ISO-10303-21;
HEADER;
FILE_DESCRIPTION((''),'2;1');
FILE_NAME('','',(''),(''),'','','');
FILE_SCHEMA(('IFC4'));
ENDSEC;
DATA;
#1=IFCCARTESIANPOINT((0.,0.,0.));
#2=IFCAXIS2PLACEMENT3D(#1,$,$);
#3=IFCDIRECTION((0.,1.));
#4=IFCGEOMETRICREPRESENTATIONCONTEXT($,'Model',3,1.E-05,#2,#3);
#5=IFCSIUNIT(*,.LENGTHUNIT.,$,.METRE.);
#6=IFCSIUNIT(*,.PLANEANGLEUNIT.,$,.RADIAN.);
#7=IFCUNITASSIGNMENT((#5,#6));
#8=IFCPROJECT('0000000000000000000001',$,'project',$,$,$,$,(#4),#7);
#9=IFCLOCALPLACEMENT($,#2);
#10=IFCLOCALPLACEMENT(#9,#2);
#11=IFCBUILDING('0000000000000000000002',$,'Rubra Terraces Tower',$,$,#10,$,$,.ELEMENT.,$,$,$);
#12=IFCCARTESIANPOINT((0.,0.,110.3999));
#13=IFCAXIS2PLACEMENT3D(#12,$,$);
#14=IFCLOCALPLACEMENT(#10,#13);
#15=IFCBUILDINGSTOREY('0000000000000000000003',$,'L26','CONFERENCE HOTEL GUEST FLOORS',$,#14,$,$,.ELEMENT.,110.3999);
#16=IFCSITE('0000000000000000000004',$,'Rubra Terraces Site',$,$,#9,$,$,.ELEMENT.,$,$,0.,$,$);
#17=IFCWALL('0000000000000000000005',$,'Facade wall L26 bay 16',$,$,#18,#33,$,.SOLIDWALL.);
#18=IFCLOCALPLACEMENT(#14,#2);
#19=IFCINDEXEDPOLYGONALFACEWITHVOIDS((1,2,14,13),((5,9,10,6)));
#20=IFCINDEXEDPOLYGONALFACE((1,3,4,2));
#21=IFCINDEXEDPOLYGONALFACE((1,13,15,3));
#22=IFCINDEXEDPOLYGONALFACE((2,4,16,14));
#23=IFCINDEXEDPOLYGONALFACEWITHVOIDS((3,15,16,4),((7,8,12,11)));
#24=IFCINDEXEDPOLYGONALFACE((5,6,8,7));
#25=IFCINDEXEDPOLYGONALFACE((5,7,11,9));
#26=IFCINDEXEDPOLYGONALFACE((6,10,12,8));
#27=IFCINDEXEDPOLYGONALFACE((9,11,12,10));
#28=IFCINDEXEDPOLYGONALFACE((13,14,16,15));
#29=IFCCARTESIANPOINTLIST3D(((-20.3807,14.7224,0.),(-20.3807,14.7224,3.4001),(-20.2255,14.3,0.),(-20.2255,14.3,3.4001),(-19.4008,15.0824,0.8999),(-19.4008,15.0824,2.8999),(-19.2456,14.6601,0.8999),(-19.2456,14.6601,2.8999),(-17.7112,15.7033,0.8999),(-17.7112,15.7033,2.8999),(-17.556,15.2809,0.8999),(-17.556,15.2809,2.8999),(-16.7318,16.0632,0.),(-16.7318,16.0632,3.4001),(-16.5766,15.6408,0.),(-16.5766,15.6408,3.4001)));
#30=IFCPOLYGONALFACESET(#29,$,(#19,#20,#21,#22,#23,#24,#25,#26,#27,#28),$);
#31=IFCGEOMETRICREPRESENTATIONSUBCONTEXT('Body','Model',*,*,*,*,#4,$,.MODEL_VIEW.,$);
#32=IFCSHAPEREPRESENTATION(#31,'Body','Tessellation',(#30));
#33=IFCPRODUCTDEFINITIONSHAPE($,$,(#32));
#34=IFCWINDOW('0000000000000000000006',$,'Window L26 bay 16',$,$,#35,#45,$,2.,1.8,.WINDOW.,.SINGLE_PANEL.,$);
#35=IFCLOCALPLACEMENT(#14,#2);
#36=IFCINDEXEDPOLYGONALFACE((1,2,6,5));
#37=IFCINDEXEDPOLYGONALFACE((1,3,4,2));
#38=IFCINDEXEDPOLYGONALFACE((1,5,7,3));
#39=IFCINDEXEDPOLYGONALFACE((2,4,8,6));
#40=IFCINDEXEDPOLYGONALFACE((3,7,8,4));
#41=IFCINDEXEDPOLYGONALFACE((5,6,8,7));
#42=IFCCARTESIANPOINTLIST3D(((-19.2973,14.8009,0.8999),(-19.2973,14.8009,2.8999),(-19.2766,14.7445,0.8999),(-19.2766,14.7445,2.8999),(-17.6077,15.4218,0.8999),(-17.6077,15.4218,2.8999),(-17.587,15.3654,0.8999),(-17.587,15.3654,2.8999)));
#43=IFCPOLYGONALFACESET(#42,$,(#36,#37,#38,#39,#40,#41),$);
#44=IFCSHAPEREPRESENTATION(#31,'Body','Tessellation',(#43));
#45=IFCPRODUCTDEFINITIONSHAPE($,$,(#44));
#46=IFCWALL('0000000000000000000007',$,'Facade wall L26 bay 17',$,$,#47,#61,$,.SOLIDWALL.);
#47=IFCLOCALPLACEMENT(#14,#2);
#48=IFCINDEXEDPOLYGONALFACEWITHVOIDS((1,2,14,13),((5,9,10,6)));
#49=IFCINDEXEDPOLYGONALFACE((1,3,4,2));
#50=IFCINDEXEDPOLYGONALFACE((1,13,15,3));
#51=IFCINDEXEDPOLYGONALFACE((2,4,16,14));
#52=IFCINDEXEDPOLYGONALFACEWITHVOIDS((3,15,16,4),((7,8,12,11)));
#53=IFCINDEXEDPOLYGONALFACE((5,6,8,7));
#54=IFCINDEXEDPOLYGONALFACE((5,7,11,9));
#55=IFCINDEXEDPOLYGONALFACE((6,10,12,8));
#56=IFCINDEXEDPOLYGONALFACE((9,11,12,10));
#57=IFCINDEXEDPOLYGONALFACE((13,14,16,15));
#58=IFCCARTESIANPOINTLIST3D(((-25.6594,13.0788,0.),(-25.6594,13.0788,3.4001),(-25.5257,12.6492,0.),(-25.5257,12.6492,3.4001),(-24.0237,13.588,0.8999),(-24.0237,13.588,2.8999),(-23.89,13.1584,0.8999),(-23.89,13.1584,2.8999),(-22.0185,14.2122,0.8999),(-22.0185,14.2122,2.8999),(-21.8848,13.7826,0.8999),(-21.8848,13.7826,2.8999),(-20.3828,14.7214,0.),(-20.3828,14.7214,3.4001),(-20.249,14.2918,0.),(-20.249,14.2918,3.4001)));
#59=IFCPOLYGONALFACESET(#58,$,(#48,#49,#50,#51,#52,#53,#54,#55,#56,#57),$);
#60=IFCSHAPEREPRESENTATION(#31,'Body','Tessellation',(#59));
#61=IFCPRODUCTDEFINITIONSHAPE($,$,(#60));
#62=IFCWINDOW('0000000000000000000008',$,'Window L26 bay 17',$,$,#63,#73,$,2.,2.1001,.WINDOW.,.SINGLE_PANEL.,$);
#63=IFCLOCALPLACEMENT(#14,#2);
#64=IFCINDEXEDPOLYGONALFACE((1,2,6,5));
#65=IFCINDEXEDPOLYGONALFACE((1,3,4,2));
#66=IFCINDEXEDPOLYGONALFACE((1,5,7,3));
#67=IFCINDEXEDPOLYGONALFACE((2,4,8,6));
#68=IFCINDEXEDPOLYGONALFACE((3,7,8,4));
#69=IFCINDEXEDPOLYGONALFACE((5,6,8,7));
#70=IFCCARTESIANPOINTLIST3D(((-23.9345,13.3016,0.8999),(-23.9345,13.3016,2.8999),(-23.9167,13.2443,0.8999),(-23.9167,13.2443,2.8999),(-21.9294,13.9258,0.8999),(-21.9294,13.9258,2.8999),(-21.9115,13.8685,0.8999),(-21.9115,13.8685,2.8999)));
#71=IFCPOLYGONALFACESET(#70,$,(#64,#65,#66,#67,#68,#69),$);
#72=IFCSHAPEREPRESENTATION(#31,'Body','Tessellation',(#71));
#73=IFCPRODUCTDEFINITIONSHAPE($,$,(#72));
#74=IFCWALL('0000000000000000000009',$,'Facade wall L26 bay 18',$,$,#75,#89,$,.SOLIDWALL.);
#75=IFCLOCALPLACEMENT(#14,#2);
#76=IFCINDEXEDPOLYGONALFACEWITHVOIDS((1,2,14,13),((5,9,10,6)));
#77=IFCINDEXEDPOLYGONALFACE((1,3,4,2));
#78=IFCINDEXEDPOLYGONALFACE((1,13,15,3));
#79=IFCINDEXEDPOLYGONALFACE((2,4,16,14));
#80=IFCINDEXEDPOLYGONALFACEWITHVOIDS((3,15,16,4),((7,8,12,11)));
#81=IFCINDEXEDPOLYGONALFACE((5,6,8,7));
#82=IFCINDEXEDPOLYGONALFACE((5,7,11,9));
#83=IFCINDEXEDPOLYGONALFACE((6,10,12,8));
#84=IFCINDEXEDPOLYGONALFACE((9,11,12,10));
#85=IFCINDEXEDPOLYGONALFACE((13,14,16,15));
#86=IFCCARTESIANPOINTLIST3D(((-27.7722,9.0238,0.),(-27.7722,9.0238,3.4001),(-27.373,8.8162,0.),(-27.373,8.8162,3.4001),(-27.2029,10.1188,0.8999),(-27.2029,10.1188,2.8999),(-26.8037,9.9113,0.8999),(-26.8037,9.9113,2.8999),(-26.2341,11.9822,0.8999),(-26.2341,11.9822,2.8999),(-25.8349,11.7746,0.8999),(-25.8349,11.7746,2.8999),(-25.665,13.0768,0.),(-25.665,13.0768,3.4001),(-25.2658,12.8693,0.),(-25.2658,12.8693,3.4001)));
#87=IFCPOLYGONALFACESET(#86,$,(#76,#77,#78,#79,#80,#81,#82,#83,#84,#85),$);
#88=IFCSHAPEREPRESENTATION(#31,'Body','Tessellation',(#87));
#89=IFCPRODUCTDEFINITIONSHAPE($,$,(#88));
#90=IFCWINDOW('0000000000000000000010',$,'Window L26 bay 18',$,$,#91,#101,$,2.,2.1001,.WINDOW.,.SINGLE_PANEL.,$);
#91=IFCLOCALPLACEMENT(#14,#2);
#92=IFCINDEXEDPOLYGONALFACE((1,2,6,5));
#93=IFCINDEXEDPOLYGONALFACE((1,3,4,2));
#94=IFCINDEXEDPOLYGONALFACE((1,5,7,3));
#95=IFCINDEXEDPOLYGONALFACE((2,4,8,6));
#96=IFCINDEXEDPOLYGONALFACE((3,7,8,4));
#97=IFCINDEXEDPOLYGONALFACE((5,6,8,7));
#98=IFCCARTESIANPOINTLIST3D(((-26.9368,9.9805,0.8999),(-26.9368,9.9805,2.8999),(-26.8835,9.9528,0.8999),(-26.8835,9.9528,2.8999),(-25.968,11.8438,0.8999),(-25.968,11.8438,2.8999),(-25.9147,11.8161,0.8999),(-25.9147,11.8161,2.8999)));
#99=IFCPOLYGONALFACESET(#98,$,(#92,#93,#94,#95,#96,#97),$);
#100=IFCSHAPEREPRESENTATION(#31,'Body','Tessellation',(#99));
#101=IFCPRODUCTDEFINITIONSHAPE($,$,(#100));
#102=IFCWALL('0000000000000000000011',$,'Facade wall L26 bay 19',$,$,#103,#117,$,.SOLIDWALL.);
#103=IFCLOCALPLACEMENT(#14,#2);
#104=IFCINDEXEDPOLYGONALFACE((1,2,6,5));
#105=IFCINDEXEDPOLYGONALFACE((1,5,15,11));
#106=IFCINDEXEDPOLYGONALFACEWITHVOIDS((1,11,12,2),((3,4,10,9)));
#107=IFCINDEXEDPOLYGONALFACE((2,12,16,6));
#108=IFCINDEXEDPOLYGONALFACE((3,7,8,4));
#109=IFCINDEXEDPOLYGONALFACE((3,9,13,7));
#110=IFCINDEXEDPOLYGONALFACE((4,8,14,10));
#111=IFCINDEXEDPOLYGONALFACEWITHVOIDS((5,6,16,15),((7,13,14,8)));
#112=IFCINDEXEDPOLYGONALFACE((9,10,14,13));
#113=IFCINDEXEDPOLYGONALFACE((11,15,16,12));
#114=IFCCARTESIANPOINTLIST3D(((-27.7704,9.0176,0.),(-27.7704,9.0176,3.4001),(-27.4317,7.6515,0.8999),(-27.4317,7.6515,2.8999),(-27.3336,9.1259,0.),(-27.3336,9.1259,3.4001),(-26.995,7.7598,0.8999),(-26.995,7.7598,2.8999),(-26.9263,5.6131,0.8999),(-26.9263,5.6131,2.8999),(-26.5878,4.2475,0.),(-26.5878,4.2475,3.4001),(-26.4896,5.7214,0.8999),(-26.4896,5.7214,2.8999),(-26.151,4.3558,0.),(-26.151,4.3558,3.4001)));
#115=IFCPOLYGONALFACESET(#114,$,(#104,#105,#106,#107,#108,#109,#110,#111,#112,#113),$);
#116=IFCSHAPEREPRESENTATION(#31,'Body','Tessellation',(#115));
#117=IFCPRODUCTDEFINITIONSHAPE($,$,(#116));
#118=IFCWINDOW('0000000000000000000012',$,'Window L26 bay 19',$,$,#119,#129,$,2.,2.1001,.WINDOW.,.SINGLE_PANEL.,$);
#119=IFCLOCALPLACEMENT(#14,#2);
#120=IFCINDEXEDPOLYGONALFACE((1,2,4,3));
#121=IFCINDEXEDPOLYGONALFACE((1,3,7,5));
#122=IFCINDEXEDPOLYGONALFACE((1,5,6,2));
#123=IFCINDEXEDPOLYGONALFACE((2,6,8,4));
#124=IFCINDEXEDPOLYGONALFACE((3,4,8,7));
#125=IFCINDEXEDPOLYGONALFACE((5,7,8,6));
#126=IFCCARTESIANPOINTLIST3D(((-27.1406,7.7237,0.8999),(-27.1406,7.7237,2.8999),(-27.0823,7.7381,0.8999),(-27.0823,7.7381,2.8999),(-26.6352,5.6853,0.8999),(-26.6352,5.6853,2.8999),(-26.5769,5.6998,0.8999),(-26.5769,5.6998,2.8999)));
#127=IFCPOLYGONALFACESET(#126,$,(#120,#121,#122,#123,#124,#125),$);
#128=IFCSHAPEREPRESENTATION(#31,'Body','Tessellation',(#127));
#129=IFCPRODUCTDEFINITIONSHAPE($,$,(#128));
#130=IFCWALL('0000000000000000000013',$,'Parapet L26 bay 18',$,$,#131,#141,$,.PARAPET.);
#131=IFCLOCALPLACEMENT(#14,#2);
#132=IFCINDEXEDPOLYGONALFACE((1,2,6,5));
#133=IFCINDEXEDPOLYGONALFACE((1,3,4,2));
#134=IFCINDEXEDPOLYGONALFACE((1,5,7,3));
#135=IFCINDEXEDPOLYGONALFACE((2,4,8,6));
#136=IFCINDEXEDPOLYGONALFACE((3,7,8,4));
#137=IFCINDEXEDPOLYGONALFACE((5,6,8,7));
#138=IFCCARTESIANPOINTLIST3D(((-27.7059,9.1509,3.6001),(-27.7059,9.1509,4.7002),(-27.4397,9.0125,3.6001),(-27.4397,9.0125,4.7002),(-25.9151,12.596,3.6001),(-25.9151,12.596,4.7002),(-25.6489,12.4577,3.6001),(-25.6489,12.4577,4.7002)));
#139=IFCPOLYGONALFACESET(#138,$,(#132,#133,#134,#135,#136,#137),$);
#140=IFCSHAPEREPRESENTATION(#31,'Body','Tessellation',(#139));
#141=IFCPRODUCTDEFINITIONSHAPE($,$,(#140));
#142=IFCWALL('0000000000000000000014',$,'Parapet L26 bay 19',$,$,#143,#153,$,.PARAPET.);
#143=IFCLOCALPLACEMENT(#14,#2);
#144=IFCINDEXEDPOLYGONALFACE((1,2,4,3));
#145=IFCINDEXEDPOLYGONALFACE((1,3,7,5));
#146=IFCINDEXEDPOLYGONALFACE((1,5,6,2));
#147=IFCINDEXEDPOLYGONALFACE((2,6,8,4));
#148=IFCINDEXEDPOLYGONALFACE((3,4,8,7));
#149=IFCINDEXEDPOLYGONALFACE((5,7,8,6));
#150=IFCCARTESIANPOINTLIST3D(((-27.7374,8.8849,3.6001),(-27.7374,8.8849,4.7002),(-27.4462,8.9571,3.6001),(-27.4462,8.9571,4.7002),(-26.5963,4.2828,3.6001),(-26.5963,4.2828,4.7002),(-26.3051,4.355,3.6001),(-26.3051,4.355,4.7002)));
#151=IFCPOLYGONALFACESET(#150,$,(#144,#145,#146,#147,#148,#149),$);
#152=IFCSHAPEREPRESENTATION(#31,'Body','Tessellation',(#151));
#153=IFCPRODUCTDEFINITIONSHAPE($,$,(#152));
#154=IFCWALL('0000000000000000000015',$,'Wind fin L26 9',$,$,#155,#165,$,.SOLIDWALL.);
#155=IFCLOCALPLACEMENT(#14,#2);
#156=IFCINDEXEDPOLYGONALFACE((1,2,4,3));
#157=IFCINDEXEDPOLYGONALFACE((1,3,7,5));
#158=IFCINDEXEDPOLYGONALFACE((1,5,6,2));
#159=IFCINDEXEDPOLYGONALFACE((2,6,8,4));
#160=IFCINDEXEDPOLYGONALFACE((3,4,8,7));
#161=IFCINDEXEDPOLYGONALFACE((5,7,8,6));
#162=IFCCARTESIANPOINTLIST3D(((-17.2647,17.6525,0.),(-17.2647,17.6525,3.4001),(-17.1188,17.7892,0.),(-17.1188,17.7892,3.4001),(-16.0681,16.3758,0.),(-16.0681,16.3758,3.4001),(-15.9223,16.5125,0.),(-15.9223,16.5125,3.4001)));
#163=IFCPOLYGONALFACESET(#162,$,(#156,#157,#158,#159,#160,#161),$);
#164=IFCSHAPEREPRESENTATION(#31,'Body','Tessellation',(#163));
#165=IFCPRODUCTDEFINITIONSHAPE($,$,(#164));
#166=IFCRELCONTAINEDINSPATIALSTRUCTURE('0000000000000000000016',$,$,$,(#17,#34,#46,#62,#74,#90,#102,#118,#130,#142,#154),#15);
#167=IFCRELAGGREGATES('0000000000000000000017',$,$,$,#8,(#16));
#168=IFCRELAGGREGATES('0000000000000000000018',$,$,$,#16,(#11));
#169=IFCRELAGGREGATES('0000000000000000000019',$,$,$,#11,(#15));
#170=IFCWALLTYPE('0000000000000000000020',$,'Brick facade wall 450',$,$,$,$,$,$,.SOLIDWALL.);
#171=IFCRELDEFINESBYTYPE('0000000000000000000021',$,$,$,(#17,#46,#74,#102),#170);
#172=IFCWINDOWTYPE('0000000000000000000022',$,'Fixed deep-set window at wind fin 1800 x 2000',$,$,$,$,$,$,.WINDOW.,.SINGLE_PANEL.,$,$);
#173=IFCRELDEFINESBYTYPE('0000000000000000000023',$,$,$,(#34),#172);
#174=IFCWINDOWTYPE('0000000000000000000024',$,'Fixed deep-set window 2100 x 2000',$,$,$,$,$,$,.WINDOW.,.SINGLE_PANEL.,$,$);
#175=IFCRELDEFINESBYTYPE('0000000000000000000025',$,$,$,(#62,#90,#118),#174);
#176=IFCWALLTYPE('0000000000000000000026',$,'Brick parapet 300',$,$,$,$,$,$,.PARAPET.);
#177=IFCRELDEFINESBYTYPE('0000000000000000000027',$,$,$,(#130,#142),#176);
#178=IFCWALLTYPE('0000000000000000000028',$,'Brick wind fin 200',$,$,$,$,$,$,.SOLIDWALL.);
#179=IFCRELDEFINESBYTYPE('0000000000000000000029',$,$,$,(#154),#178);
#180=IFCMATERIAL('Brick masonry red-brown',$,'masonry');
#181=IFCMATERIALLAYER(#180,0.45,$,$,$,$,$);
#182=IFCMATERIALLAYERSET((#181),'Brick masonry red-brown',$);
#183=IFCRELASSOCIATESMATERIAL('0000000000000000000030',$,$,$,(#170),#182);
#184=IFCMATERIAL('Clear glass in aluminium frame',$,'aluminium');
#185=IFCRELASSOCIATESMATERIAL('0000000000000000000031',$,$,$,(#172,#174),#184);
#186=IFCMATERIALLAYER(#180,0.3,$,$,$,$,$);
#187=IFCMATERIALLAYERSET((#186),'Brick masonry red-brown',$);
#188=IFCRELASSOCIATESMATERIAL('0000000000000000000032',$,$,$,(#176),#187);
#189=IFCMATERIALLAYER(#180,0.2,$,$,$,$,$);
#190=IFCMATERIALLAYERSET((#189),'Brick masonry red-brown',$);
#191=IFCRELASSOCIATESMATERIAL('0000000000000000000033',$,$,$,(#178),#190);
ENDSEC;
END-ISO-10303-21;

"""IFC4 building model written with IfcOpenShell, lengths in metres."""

from ifc_helpers import new_model, si_unit, direction, frame, frame_2d, origin, place, context, subcontext, project, spatial, rectangle, extrude, material, layer, layer_set, type_object, element, fill, save


model = new_model("IFC4")

# Units and contexts
model_context = context("Model", 3, precision=1e-05, world=origin(), true_north=direction((0.0, 1.0)))
body_context = subcontext(model_context, "Body", "Model", "MODEL_VIEW")
ifc_project = project(units=[si_unit("LENGTHUNIT", "METRE"), si_unit("PLANEANGLEUNIT", "RADIAN")], contexts=[model_context])

# Site, building, storey
site_placement = place(None, origin())
site = spatial("IfcSite", under=ifc_project, at=site_placement, Name="Rubra Terraces Site", CompositionType="ELEMENT", RefElevation=0.0)
building_placement = place(site_placement, origin())
building = spatial("IfcBuilding", under=site, at=building_placement, Name="Rubra Terraces Tower", CompositionType="ELEMENT")
storey_placement = place(building_placement, frame((0.0, 0.0, 110.3999)))
storey = spatial("IfcBuildingStorey", under=building, at=storey_placement, Name="L26", Description="CONFERENCE HOTEL GUEST FLOORS", CompositionType="ELEMENT", Elevation=110.3999)

# Walls, openings, windows
ifc_material_1 = material(Name="Brick masonry red-brown", Category="masonry")
ifc_layer_1 = layer(ifc_material_1, 0.45)
ifc_layer_set_1 = layer_set([ifc_layer_1], Name="Brick masonry red-brown")
wall_type_1 = type_object("IfcWallType", Name="Brick facade wall 450", PredefinedType="SOLIDWALL", material=ifc_layer_set_1)
wall_1_placement = place(storey_placement, frame((-16.6541, 15.8521, 0.0), z_axis=(0.0, 0.0, 1.0), x_axis=(-0.938637, -0.344908, 0.0)))
wall_1 = element("IfcWall", 1, at=wall_1_placement, inside=storey, type_object=wall_type_1, Name="Facade wall L26 bay 16", PredefinedType="SOLIDWALL", context=body_context, shape_type="SweptSolid", body=[
    extrude(rectangle(XDim=3.8875, YDim=0.45, at=frame_2d((1.9438, 0.0))), origin(), (0.0, 0.0, 1.0), 3.4001),
])
opening_1_placement = place(wall_1_placement, frame((1.0437, 0.0, 0.8999)))
opening_1 = element("IfcOpeningElement", 2, at=opening_1_placement, cuts=wall_1, PredefinedType="OPENING", context=body_context, shape_type="SweptSolid", body=[
    extrude(rectangle(XDim=1.8, YDim=2.0, at=frame_2d((0.8999, 1.0))), frame((0.0, 0.2349, 0.0), z_axis=(0.0, -1.0, 0.0), x_axis=(1.0, 0.0, 0.0)), (0.0, 0.0, 1.0), 0.47),
])
ifc_material_2 = material(Name="Clear glass in aluminium frame", Category="aluminium")
window_type_1 = type_object("IfcWindowType", Name="Fixed deep-set window at wind fin 1800 x 2000", PartitioningType="SINGLE_PANEL", PredefinedType="WINDOW", material=ifc_material_2)
window_1_placement = place(opening_1_placement, origin())
window_1 = element("IfcWindow", 3, at=window_1_placement, inside=storey, type_object=window_type_1, Name="Window L26 bay 16", OverallHeight=2.0, OverallWidth=1.8, PartitioningType="SINGLE_PANEL", PredefinedType="WINDOW", context=body_context, shape_type="SweptSolid", body=[
    extrude(rectangle(XDim=1.8, YDim=2.0, at=frame_2d((0.8999, 1.0))), frame((0.0, 0.135, 0.0), z_axis=(0.0, -1.0, 0.0), x_axis=(1.0, 0.0, 0.0)), (0.0, 0.0, 1.0), 0.0601),
])
fill(opening_1, window_1)
wall_2_placement = place(storey_placement, frame((-20.3159, 14.5066, 0.0), z_axis=(0.0, 0.0, 1.0), x_axis=(-0.954807, -0.297226, 0.0)))
wall_2 = element("IfcWall", 4, at=wall_2_placement, inside=storey, type_object=wall_type_1, Name="Facade wall L26 bay 17", PredefinedType="SOLIDWALL", context=body_context, shape_type="SweptSolid", body=[
    extrude(rectangle(XDim=5.5264, YDim=0.45, at=frame_2d((2.7632, 0.0))), origin(), (0.0, 0.0, 1.0), 3.4001),
])
opening_2_placement = place(wall_2_placement, frame((1.7131, 0.0, 0.8999)))
opening_2 = element("IfcOpeningElement", 5, at=opening_2_placement, cuts=wall_2, PredefinedType="OPENING", context=body_context, shape_type="SweptSolid", body=[
    extrude(rectangle(XDim=2.1001, YDim=2.0, at=frame_2d((1.05, 1.0))), frame((0.0, 0.2349, 0.0), z_axis=(0.0, -1.0, 0.0), x_axis=(1.0, 0.0, 0.0)), (0.0, 0.0, 1.0), 0.47),
])
window_type_2 = type_object("IfcWindowType", Name="Fixed deep-set window 2100 x 2000", PartitioningType="SINGLE_PANEL", PredefinedType="WINDOW", material=ifc_material_2)
window_2_placement = place(opening_2_placement, origin())
window_2 = element("IfcWindow", 6, at=window_2_placement, inside=storey, type_object=window_type_2, Name="Window L26 bay 17", OverallHeight=2.0, OverallWidth=2.1001, PartitioningType="SINGLE_PANEL", PredefinedType="WINDOW", context=body_context, shape_type="SweptSolid", body=[
    extrude(rectangle(XDim=2.1001, YDim=2.0, at=frame_2d((1.05, 1.0))), frame((0.0, 0.135, 0.0), z_axis=(0.0, -1.0, 0.0), x_axis=(1.0, 0.0, 0.0)), (0.0, 0.0, 1.0), 0.0601),
])
fill(opening_2, window_2)
wall_3_placement = place(storey_placement, frame((-25.4653, 12.9731, 0.0), z_axis=(0.0, 0.0, 1.0), x_axis=(-0.461289, -0.88725, 0.0)))
wall_3 = element("IfcWall", 7, at=wall_3_placement, inside=storey, type_object=wall_type_1, Name="Facade wall L26 bay 18", PredefinedType="SOLIDWALL", context=body_context, shape_type="SweptSolid", body=[
    extrude(rectangle(XDim=4.5681, YDim=0.45, at=frame_2d((2.2842, 0.0))), origin(), (0.0, 0.0, 1.0), 3.4001),
])
opening_3_placement = place(wall_3_placement, frame((1.2339, 0.0, 0.8999)))
opening_3 = element("IfcOpeningElement", 8, at=opening_3_placement, cuts=wall_3, PredefinedType="OPENING", context=body_context, shape_type="SweptSolid", body=[
    extrude(rectangle(XDim=2.1001, YDim=2.0, at=frame_2d((1.05, 1.0))), frame((0.0, 0.2349, 0.0), z_axis=(0.0, -1.0, 0.0), x_axis=(1.0, 0.0, 0.0)), (0.0, 0.0, 1.0), 0.47),
])
window_3_placement = place(opening_3_placement, origin())
window_3 = element("IfcWindow", 9, at=window_3_placement, inside=storey, type_object=window_type_2, Name="Window L26 bay 18", OverallHeight=2.0, OverallWidth=2.1001, PartitioningType="SINGLE_PANEL", PredefinedType="WINDOW", context=body_context, shape_type="SweptSolid", body=[
    extrude(rectangle(XDim=2.1001, YDim=2.0, at=frame_2d((1.05, 1.0))), frame((0.0, 0.135, 0.0), z_axis=(0.0, -1.0, 0.0), x_axis=(1.0, 0.0, 0.0)), (0.0, 0.0, 1.0), 0.0601),
])
fill(opening_3, window_3)
wall_4_placement = place(storey_placement, frame((-27.552, 9.0718, 0.0), z_axis=(0.0, 0.0, 1.0), x_axis=(0.24063, -0.970617, 0.0)))
wall_4 = element("IfcWall", 10, at=wall_4_placement, inside=storey, type_object=wall_type_1, Name="Facade wall L26 bay 19", PredefinedType="SOLIDWALL", context=body_context, shape_type="SweptSolid", body=[
    extrude(rectangle(XDim=4.9146, YDim=0.45, at=frame_2d((2.4573, 0.0))), origin(), (0.0, 0.0, 1.0), 3.4001),
])
opening_4_placement = place(wall_4_placement, frame((1.4075, 0.0, 0.8999)))
opening_4 = element("IfcOpeningElement", 11, at=opening_4_placement, cuts=wall_4, PredefinedType="OPENING", context=body_context, shape_type="SweptSolid", body=[
    extrude(rectangle(XDim=2.1001, YDim=2.0, at=frame_2d((1.05, 1.0))), frame((0.0, 0.2349, 0.0), z_axis=(0.0, -1.0, 0.0), x_axis=(1.0, 0.0, 0.0)), (0.0, 0.0, 1.0), 0.47),
])
window_4_placement = place(opening_4_placement, origin())
window_4 = element("IfcWindow", 12, at=window_4_placement, inside=storey, type_object=window_type_2, Name="Window L26 bay 19", OverallHeight=2.0, OverallWidth=2.1001, PartitioningType="SINGLE_PANEL", PredefinedType="WINDOW", context=body_context, shape_type="SweptSolid", body=[
    extrude(rectangle(XDim=2.1001, YDim=2.0, at=frame_2d((1.05, 1.0))), frame((0.0, 0.135, 0.0), z_axis=(0.0, -1.0, 0.0), x_axis=(1.0, 0.0, 0.0)), (0.0, 0.0, 1.0), 0.0601),
])
fill(opening_4, window_4)

# Walls
ifc_layer_2 = layer(ifc_material_1, 0.3)
ifc_layer_set_2 = layer_set([ifc_layer_2], Name="Brick masonry red-brown")
wall_type_2 = type_object("IfcWallType", Name="Brick parapet 300", PredefinedType="PARAPET", material=ifc_layer_set_2)
wall_5_placement = place(storey_placement, frame((-25.782, 12.5269, 3.6001), z_axis=(0.0, 0.0, 1.0), x_axis=(-0.461218, -0.887287, 0.0)))
element("IfcWall", 13, at=wall_5_placement, inside=storey, type_object=wall_type_2, Name="Parapet L26 bay 18", PredefinedType="PARAPET", context=body_context, shape_type="SweptSolid", body=[
    extrude(rectangle(XDim=3.8828, YDim=0.3, at=frame_2d((1.9414, 0.0))), origin(), (0.0, 0.0, 1.0), 1.1001),
])
wall_6_placement = place(storey_placement, frame((-27.5918, 8.9209, 3.6001), z_axis=(0.0, 0.0, 1.0), x_axis=(0.240669, -0.970607, 0.0)))
element("IfcWall", 14, at=wall_6_placement, inside=storey, type_object=wall_type_2, Name="Parapet L26 bay 19", PredefinedType="PARAPET", context=body_context, shape_type="SweptSolid", body=[
    extrude(rectangle(XDim=4.7415, YDim=0.3, at=frame_2d((2.3706, 0.0))), origin(), (0.0, 0.0, 1.0), 1.1001),
])
ifc_layer_3 = layer(ifc_material_1, 0.2)
ifc_layer_set_3 = layer_set([ifc_layer_3], Name="Brick masonry red-brown")
wall_type_3 = type_object("IfcWallType", Name="Brick wind fin 200", PredefinedType="SOLIDWALL", material=ifc_layer_set_3)
wall_7_placement = place(storey_placement, frame((-15.9951, 16.4441, 0.0), z_axis=(0.0, 0.0, 1.0), x_axis=(-0.683853, 0.72962, 0.0)))
element("IfcWall", 15, at=wall_7_placement, inside=storey, type_object=wall_type_3, Name="Wind fin L26 9", PredefinedType="SOLIDWALL", context=body_context, shape_type="SweptSolid", body=[
    extrude(rectangle(XDim=1.7498, YDim=0.2, at=frame_2d((0.875, 0.0))), origin(), (0.0, 0.0, 1.0), 3.4001),
])

save(model, "model.ifc")
